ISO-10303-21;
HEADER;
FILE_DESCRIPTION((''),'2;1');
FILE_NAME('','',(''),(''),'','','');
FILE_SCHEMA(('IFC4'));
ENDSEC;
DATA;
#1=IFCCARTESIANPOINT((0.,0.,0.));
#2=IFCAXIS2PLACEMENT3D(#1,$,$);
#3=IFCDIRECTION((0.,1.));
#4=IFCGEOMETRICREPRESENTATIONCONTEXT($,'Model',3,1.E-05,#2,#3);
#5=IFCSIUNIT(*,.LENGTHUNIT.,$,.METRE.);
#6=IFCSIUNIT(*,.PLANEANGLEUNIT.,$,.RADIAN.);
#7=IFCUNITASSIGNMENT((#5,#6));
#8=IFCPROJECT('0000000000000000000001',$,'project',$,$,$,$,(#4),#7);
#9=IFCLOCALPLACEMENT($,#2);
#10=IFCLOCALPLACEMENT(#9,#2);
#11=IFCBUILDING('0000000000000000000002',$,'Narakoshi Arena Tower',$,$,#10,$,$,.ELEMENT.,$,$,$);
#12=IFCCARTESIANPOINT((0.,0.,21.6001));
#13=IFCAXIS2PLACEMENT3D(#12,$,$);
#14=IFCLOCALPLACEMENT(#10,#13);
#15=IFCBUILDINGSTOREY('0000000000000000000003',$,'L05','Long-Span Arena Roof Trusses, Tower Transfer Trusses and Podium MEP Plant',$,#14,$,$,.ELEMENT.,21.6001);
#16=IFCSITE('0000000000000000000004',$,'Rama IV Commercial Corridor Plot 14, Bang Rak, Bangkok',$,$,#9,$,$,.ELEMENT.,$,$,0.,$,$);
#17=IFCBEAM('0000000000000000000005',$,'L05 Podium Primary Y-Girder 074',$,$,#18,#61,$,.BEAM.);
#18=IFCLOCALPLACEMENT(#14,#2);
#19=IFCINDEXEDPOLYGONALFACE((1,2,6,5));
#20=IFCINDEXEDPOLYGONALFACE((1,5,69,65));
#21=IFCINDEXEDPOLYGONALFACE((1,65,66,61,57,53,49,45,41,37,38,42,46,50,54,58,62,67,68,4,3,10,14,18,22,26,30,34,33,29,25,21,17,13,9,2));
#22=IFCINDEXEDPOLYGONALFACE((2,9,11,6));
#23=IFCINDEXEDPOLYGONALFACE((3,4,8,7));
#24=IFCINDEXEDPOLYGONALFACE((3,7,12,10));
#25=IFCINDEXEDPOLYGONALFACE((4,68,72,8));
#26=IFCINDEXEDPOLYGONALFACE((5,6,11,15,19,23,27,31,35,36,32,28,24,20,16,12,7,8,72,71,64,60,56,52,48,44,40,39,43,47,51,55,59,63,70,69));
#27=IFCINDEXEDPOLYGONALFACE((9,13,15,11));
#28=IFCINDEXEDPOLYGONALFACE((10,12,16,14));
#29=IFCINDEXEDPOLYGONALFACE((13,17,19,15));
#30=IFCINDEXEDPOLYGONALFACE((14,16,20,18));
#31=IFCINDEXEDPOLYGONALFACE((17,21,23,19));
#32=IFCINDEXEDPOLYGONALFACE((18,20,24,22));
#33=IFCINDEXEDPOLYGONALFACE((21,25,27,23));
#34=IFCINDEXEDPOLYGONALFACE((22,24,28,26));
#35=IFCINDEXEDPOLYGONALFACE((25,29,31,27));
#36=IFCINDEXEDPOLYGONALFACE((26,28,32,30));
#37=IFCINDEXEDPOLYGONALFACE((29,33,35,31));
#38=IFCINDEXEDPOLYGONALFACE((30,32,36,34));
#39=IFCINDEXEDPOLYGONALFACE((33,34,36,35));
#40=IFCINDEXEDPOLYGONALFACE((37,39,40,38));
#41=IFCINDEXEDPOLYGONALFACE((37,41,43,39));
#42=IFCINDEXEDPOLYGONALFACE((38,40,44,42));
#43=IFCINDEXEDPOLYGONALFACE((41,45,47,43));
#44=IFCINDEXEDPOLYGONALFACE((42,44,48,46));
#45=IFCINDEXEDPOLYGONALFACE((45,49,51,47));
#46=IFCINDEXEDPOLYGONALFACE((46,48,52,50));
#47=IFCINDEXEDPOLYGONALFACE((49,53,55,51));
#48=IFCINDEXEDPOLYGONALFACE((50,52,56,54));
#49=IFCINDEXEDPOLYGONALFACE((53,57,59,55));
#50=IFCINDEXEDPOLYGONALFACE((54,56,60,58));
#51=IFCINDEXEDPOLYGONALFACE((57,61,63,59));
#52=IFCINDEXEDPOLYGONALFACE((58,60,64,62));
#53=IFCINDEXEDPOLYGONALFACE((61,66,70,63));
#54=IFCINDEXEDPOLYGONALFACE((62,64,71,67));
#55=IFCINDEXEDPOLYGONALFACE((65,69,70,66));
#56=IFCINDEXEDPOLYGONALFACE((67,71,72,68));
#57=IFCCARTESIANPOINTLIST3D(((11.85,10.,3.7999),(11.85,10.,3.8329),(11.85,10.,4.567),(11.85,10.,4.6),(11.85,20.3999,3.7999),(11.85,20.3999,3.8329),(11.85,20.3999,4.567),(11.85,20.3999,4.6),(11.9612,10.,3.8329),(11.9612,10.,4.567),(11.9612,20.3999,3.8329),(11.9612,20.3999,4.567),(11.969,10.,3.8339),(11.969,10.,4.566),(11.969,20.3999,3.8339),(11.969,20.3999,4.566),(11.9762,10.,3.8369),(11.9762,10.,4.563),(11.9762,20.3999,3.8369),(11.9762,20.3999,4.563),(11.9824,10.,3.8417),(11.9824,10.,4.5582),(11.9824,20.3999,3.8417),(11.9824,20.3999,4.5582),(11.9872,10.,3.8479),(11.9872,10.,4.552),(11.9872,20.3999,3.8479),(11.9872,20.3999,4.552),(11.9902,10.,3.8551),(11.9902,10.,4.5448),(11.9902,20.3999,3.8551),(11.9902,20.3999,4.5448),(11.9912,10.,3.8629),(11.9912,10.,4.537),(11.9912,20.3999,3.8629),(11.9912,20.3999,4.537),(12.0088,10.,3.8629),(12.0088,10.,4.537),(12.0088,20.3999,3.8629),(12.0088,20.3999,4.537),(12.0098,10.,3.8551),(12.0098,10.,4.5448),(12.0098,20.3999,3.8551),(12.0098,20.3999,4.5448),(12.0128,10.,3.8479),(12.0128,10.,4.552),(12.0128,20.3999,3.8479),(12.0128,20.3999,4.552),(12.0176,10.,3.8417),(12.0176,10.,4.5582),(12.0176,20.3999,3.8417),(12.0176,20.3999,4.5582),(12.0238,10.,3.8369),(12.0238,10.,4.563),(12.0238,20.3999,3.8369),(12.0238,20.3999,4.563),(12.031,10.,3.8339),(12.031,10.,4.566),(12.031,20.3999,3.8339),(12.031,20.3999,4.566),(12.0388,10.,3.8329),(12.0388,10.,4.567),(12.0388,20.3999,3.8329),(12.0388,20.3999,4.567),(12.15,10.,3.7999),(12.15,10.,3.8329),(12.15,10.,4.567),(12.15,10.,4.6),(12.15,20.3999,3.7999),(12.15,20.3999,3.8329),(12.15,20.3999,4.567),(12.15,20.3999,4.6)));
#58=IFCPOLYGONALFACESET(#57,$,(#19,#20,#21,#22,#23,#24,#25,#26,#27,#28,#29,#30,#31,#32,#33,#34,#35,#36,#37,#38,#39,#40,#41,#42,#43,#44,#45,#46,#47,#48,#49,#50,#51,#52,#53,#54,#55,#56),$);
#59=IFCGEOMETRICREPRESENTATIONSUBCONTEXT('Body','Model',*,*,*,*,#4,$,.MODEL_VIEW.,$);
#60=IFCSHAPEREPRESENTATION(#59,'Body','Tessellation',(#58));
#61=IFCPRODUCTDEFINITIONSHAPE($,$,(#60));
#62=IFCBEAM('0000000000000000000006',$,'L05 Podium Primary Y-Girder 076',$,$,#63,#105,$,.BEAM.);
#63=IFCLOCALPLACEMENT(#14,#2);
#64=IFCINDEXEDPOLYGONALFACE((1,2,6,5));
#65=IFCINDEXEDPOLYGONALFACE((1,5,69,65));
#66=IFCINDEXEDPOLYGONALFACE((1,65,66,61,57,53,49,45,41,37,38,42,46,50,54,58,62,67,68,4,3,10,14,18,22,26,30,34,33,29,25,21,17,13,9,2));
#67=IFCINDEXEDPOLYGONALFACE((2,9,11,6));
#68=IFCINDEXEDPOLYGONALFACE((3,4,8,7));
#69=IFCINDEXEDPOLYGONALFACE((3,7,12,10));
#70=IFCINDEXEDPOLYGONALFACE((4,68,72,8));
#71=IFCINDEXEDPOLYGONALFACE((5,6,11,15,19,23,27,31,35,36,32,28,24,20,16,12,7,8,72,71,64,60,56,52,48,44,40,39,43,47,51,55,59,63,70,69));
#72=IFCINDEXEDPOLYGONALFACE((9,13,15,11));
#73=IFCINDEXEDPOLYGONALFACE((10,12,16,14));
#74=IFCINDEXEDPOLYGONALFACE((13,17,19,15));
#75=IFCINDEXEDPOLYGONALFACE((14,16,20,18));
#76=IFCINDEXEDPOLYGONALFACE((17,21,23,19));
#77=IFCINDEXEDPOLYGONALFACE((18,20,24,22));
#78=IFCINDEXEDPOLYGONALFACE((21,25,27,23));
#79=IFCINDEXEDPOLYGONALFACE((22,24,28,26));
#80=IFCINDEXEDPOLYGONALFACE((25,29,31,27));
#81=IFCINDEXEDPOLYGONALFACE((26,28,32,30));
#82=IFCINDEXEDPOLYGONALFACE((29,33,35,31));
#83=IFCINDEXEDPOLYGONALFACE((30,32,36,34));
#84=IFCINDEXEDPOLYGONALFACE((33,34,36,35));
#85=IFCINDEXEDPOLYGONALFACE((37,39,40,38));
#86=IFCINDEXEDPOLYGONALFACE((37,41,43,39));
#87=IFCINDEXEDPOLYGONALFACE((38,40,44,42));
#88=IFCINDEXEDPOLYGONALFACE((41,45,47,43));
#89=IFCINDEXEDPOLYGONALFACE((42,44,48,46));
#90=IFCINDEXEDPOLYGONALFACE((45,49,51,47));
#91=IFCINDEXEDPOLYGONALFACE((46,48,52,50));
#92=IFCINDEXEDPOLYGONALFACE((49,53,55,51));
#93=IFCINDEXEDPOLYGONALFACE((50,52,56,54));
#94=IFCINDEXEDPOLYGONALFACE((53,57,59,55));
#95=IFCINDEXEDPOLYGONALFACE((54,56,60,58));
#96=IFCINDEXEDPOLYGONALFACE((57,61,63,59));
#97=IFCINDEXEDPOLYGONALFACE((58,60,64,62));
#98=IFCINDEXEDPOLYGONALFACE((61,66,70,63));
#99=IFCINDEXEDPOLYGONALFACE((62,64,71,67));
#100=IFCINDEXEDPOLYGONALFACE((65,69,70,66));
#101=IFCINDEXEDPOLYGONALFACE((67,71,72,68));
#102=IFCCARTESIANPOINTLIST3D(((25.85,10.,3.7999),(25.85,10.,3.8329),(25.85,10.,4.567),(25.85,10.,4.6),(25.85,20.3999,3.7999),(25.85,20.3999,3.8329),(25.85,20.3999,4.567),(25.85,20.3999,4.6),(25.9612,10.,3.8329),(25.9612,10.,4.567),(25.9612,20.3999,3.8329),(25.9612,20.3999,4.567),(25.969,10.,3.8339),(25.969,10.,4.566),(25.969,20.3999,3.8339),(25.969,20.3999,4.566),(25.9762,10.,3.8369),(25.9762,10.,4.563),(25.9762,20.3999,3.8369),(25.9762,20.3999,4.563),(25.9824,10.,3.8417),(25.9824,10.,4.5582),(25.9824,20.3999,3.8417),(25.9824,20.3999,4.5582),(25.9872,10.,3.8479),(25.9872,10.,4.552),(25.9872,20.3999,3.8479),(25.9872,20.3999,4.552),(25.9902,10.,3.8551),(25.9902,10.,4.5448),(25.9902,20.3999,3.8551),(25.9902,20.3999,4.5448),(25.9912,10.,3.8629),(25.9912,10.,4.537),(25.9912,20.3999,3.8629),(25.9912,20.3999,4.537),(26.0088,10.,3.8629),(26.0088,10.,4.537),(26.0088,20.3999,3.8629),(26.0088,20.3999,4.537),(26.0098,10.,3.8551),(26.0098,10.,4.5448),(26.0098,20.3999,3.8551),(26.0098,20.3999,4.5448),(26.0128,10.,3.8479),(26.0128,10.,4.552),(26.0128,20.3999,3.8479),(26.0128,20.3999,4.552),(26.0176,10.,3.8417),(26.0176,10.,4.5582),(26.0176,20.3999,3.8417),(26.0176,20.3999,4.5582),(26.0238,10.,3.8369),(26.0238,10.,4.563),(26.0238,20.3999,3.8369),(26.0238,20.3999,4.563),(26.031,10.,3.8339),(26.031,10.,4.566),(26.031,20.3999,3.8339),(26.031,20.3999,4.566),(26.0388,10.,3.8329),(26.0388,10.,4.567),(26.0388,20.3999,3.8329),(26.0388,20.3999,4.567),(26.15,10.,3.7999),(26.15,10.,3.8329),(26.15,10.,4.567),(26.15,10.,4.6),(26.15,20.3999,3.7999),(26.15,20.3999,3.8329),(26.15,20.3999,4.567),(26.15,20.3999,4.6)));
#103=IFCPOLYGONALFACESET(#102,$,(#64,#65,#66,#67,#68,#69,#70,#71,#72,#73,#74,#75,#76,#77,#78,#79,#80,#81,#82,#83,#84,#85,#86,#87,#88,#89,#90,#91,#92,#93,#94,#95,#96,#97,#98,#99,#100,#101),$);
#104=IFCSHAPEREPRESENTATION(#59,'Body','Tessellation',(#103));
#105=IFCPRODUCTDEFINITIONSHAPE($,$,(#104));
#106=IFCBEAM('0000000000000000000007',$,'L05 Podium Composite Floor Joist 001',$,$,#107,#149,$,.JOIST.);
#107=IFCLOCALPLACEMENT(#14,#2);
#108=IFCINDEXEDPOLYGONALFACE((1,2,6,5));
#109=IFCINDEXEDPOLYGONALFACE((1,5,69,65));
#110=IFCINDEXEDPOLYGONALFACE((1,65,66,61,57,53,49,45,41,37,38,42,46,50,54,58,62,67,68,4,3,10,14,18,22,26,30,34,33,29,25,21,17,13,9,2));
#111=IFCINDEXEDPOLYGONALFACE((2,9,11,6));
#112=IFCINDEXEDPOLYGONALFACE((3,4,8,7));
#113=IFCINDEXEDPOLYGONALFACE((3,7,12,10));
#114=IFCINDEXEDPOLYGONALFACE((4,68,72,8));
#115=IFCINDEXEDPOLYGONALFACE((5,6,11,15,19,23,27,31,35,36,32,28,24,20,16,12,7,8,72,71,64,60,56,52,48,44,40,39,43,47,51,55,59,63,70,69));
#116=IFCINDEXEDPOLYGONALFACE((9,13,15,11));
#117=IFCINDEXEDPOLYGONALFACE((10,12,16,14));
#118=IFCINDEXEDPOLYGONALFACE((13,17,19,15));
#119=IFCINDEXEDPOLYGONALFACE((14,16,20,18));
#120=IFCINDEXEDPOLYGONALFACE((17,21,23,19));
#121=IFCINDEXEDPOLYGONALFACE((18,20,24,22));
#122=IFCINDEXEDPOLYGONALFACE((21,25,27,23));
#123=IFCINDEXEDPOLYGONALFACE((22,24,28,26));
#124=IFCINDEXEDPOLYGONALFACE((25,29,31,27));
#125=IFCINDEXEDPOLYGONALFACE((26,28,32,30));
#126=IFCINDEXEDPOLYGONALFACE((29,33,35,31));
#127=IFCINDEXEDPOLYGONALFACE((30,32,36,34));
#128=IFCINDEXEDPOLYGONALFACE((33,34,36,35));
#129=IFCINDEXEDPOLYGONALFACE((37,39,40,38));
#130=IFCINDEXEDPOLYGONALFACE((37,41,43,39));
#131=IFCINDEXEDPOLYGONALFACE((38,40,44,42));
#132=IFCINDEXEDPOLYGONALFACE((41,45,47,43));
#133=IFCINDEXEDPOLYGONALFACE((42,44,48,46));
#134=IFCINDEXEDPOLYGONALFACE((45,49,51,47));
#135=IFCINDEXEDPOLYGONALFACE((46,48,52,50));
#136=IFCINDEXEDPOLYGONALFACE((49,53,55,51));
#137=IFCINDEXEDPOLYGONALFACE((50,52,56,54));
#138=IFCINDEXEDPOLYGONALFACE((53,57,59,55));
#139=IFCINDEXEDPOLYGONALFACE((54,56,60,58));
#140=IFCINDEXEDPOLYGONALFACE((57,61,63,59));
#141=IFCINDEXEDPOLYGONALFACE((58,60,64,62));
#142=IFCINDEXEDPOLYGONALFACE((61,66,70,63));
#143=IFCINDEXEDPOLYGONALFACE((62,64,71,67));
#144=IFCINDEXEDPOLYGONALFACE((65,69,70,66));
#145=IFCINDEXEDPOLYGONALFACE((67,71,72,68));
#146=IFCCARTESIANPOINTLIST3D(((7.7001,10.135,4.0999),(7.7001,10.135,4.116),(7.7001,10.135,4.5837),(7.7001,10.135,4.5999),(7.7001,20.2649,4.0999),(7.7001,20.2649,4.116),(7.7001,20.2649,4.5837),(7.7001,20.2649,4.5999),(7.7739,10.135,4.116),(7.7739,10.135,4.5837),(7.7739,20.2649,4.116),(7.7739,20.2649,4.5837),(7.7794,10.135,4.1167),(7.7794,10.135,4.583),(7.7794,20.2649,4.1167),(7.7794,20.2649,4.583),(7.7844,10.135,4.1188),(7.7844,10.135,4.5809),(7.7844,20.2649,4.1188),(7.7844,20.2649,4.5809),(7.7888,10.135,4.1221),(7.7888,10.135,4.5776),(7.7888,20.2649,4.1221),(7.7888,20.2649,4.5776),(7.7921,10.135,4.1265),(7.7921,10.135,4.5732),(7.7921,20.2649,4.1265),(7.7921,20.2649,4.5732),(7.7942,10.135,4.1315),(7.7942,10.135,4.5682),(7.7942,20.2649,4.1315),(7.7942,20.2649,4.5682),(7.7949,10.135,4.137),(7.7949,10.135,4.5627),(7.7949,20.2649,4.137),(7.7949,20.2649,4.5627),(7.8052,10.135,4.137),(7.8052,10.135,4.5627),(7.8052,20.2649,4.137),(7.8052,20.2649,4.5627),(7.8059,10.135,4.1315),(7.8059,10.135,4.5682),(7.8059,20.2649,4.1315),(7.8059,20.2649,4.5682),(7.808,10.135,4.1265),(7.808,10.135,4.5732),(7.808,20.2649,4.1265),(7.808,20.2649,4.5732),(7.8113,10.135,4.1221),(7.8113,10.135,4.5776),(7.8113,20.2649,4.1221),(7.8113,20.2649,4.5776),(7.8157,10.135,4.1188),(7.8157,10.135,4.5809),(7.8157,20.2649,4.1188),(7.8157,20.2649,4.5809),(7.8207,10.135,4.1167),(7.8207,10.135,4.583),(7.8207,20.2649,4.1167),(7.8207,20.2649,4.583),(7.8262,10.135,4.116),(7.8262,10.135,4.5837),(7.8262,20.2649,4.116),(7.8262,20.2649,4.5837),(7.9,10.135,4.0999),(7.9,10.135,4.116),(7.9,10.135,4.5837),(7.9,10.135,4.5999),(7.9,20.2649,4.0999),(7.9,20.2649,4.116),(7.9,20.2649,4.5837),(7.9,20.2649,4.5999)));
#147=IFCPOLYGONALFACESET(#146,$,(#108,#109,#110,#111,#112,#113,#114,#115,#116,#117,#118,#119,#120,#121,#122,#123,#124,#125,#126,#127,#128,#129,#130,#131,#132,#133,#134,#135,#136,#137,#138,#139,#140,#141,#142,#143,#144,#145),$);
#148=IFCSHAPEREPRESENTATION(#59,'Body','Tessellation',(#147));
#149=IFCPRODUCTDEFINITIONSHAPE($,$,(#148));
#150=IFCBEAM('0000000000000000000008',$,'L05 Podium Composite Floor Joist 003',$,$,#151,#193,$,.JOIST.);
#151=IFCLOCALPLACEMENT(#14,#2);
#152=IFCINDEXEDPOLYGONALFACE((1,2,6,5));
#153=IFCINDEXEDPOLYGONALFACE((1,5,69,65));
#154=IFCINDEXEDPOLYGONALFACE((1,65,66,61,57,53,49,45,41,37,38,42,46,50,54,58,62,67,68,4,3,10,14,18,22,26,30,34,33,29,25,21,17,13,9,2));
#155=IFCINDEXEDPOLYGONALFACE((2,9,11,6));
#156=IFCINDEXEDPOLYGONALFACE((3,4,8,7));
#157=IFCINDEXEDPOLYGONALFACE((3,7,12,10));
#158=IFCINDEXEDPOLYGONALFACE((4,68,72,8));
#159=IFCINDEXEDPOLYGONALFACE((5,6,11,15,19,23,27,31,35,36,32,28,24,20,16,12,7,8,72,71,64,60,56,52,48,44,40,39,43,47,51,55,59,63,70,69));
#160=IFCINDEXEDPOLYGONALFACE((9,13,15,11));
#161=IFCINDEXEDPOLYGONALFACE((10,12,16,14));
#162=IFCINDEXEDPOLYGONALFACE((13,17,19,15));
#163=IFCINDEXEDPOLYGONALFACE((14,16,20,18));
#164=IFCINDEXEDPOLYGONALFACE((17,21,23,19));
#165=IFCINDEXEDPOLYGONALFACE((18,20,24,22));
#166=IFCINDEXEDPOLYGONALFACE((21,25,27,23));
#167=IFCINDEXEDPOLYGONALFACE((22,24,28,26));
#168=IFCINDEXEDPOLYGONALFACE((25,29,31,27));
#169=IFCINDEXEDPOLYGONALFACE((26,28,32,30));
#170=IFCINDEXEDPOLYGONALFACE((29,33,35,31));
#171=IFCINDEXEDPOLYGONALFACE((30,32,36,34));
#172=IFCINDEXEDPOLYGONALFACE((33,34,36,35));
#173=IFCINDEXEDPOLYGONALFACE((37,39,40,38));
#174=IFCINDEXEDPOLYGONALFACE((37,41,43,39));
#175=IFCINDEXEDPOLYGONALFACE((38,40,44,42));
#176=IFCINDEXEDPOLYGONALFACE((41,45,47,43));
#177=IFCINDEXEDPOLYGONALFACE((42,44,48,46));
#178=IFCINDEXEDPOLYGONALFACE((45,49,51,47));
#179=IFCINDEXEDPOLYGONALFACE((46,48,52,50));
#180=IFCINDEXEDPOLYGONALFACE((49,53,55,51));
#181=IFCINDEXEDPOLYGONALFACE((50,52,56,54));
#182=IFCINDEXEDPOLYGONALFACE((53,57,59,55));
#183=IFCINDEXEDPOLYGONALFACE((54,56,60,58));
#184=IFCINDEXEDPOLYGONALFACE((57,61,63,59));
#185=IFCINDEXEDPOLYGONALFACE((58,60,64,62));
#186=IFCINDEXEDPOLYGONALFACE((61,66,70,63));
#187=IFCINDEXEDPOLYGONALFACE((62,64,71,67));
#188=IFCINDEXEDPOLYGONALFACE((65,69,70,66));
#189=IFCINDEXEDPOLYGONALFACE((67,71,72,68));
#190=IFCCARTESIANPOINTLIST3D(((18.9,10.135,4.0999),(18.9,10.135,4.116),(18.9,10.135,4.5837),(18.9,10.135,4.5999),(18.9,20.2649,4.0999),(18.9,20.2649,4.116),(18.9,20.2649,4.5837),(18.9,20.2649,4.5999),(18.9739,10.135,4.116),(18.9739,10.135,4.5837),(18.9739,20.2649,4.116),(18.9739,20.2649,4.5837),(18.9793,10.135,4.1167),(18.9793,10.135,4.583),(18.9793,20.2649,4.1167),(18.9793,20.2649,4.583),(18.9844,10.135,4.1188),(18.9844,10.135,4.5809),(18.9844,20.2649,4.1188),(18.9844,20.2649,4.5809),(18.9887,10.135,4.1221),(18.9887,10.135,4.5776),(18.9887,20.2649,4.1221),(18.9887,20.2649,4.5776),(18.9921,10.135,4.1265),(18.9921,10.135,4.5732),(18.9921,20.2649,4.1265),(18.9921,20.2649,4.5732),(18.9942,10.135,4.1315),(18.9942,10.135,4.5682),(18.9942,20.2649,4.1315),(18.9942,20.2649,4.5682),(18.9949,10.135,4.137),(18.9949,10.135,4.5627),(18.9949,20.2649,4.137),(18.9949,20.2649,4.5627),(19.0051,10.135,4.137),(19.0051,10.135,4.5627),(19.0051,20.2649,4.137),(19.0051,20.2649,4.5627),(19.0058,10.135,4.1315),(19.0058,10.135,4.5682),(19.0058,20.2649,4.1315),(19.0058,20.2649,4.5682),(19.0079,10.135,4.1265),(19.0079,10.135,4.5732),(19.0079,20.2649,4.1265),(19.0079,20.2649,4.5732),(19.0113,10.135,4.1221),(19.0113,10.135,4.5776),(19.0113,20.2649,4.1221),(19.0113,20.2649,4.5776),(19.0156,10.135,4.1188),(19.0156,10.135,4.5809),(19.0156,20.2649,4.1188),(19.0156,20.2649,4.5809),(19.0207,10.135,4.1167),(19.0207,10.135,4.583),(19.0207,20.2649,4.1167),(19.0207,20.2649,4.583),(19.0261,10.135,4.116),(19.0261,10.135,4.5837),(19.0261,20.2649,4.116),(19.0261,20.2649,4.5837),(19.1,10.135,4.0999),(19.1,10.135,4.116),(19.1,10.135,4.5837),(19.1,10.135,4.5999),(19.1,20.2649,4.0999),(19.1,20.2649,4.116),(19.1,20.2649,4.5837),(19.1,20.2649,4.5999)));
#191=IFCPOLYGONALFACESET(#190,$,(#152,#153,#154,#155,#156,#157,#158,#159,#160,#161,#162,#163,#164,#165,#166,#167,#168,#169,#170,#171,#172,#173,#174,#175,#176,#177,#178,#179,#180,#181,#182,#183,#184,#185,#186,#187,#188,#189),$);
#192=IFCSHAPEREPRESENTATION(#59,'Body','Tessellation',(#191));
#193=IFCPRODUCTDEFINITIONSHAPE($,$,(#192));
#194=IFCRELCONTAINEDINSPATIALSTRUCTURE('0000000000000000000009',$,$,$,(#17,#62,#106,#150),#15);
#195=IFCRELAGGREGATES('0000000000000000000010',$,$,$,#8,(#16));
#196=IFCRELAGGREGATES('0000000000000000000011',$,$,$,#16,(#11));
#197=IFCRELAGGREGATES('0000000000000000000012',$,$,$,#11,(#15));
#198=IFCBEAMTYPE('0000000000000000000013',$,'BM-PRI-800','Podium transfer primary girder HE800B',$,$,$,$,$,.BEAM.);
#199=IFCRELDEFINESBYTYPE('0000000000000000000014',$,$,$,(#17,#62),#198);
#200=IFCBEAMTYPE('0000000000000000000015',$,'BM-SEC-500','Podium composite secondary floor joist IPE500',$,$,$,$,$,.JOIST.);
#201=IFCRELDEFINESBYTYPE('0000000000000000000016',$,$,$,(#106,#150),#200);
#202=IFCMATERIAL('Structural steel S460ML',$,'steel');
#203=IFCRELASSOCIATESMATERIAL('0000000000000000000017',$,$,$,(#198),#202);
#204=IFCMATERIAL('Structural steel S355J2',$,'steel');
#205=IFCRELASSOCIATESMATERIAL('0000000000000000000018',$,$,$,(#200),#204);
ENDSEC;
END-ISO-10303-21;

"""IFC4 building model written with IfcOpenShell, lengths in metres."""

from ifc_helpers import new_model, si_unit, direction, frame, origin, origin_2d, place, context, subcontext, project, spatial, i_section, extrude, material, material_profile, profile_set, type_object, element, save


model = new_model("IFC4")

# Units and contexts
model_context = context("Model", 3, precision=1e-05, world=origin(), true_north=direction((0.0, 1.0)))
body_context = subcontext(model_context, "Body", "Model", "MODEL_VIEW")
ifc_project = project(units=[si_unit("LENGTHUNIT", "METRE"), si_unit("PLANEANGLEUNIT", "RADIAN")], contexts=[model_context])

# Site, building, storey
site_placement = place(None, origin())
site = spatial("IfcSite", under=ifc_project, at=site_placement, Name="Rama IV Commercial Corridor Plot 14, Bang Rak, Bangkok", CompositionType="ELEMENT", RefElevation=0.0)
building_placement = place(site_placement, origin())
building = spatial("IfcBuilding", under=site, at=building_placement, Name="Narakoshi Arena Tower", CompositionType="ELEMENT")
storey_placement = place(building_placement, frame((0.0, 0.0, 21.6001)))
storey = spatial("IfcBuildingStorey", under=building, at=storey_placement, Name="L05", Description="Long-Span Arena Roof Trusses, Tower Transfer Trusses and Podium MEP Plant", CompositionType="ELEMENT", Elevation=21.6001)

# Shared definitions
ifc_material_1 = material(Name="Structural steel S355J2", Category="steel")

# Beams
ifc_material_2 = material(Name="Structural steel S460ML", Category="steel")
ifc_material_profile_1 = material_profile(ifc_material_2, i_section(OverallWidth=0.3, OverallDepth=0.8, WebThickness=0.0176, FlangeThickness=0.033, FilletRadius=0.03, at=origin_2d()), Name="HE800B")
ifc_profile_set_1 = profile_set([ifc_material_profile_1], Name="Structural steel S460ML")
beam_type_1 = type_object("IfcBeamType", Name="BM-PRI-800", Description="Podium transfer primary girder HE800B", PredefinedType="BEAM", material=ifc_profile_set_1)
for number, where, z_axis, x_axis, name in (
    (1, (12.0, 10.0, 4.2), (0.0, 1.0, 0.0), (-1.0, 0.0, 0.0), "L05 Podium Primary Y-Girder 074"),
    (2, (26.0, 10.0, 4.2), (0.0, 1.0, 0.0), (-1.0, 0.0, 0.0), "L05 Podium Primary Y-Girder 076"),
):
    element("IfcBeam", number, at=place(storey_placement, frame(where, z_axis=z_axis, x_axis=x_axis)), inside=storey, type_object=beam_type_1, Name=name, PredefinedType="BEAM", context=body_context, shape_type="SweptSolid", body=[
        extrude(i_section(OverallWidth=0.3, OverallDepth=0.8, WebThickness=0.0176, FlangeThickness=0.033, FilletRadius=0.03, at=origin_2d()), origin(), (0.0, 0.0, 1.0), 10.3999),
    ])
ifc_material_profile_2 = material_profile(ifc_material_1, i_section(OverallWidth=0.2, OverallDepth=0.5, WebThickness=0.0103, FlangeThickness=0.0161, FilletRadius=0.021, at=origin_2d()), Name="IPE500")
ifc_profile_set_2 = profile_set([ifc_material_profile_2], Name="Structural steel S355J2")
beam_type_2 = type_object("IfcBeamType", Name="BM-SEC-500", Description="Podium composite secondary floor joist IPE500", PredefinedType="JOIST", material=ifc_profile_set_2)
for number, where, z_axis, x_axis, name in (
    (3, (7.8, 10.135, 4.3499), (0.0, 1.0, 0.0), (-1.0, 0.0, 0.0), "L05 Podium Composite Floor Joist 001"),
    (4, (19.0, 10.135, 4.3499), (0.0, 1.0, 0.0), (-1.0, 0.0, 0.0), "L05 Podium Composite Floor Joist 003"),
):
    element("IfcBeam", number, at=place(storey_placement, frame(where, z_axis=z_axis, x_axis=x_axis)), inside=storey, type_object=beam_type_2, Name=name, PredefinedType="JOIST", context=body_context, shape_type="SweptSolid", body=[
        extrude(i_section(OverallWidth=0.2, OverallDepth=0.5, WebThickness=0.0103, FlangeThickness=0.0161, FilletRadius=0.021, at=origin_2d()), origin(), (0.0, 0.0, 1.0), 10.1299),
    ])

save(model, "model.ifc")
